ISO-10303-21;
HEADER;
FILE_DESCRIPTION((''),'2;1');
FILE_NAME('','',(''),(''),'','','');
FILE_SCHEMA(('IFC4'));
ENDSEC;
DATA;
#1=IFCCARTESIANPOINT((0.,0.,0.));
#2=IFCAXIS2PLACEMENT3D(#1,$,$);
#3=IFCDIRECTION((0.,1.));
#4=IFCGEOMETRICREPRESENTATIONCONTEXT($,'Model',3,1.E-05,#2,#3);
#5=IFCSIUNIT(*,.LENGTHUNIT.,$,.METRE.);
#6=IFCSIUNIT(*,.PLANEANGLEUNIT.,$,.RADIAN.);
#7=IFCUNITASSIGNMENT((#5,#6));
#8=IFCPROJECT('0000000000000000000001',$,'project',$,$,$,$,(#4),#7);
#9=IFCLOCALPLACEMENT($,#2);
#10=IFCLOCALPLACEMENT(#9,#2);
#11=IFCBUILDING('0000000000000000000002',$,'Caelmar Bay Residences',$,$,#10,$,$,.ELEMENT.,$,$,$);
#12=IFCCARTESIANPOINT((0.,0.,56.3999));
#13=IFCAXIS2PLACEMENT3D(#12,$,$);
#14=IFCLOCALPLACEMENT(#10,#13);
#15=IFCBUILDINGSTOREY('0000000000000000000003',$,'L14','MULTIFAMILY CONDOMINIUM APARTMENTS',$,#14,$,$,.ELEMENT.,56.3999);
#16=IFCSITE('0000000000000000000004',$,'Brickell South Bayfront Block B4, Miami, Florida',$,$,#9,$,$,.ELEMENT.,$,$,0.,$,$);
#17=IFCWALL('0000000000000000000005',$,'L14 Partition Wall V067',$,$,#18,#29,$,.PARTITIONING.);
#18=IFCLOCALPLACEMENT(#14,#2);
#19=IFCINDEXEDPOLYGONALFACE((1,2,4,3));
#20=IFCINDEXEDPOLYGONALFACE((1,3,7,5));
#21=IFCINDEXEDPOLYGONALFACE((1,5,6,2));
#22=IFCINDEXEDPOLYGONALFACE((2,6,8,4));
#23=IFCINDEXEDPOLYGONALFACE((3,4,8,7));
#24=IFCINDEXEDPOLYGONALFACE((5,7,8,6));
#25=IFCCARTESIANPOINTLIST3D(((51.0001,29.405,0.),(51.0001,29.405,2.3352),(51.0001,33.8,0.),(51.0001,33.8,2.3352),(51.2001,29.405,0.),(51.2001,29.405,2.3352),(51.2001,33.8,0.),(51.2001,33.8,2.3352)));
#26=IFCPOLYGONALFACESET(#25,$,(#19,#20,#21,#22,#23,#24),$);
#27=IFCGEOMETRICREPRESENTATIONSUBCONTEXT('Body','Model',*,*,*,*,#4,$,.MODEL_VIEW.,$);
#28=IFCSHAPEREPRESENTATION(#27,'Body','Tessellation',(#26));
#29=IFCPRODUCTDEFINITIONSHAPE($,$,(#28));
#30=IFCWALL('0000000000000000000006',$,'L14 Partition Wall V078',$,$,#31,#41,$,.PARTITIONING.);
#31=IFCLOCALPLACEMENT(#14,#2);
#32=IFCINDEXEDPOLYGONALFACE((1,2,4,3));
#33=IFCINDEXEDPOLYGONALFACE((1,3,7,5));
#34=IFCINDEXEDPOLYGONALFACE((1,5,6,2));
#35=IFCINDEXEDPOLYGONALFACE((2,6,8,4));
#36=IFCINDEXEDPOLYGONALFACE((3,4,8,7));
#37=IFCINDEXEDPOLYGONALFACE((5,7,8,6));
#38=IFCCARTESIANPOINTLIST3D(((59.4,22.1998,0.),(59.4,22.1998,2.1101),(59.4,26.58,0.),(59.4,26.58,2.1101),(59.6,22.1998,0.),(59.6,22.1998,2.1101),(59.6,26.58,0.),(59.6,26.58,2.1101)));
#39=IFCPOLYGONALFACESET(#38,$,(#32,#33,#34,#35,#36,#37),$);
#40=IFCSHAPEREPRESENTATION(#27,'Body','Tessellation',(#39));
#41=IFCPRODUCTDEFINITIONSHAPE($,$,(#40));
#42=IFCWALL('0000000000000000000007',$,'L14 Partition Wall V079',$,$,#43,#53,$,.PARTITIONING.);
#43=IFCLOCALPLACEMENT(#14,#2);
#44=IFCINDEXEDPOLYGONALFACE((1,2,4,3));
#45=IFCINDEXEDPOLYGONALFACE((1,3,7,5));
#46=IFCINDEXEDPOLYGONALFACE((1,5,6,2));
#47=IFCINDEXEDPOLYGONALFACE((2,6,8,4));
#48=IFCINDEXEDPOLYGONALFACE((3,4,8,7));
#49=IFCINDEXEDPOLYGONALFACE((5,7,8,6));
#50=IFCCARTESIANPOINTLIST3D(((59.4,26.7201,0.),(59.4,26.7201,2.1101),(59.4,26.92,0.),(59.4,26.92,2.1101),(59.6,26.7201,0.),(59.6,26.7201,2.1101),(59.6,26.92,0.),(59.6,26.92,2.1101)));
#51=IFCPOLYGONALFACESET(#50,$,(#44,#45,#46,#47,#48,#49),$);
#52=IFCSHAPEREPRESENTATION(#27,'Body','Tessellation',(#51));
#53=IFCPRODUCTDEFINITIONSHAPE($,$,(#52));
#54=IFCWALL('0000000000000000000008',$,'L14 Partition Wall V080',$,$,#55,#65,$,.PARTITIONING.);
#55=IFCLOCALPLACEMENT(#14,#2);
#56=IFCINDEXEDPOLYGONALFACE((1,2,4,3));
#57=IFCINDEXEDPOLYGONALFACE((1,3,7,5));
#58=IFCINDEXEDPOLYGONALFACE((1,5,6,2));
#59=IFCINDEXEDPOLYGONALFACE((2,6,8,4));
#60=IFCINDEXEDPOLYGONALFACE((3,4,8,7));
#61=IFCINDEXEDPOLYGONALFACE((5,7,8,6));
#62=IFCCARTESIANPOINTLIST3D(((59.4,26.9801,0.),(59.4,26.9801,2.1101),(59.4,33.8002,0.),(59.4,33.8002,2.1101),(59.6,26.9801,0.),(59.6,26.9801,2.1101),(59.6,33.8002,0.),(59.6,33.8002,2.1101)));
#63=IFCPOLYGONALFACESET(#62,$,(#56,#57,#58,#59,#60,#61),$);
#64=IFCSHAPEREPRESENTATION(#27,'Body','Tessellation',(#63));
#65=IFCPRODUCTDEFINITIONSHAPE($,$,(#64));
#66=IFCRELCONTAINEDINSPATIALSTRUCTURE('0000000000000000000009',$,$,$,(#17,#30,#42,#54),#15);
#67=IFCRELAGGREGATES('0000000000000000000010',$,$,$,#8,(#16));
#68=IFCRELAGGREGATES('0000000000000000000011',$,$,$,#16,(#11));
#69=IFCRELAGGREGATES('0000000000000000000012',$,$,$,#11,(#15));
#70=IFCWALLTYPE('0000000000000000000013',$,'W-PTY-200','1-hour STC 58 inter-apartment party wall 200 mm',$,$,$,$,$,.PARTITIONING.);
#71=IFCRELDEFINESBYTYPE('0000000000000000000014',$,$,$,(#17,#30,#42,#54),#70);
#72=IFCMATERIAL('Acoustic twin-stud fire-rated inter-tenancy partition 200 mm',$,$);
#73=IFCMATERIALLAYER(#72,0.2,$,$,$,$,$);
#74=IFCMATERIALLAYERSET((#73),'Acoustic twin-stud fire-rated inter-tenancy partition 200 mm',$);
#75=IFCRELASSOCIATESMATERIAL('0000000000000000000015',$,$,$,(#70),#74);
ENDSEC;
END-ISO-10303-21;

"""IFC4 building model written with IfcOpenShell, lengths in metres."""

from ifc_helpers import new_model, si_unit, direction, frame, frame_2d, origin, place, context, subcontext, project, spatial, rectangle, extrude, material, layer, layer_set, type_object, element, save


model = new_model("IFC4")

# Units and contexts
model_context = context("Model", 3, precision=1e-05, world=origin(), true_north=direction((0.0, 1.0)))
body_context = subcontext(model_context, "Body", "Model", "MODEL_VIEW")
ifc_project = project(units=[si_unit("LENGTHUNIT", "METRE"), si_unit("PLANEANGLEUNIT", "RADIAN")], contexts=[model_context])

# Site, building, storey
site_placement = place(None, origin())
site = spatial("IfcSite", under=ifc_project, at=site_placement, Name="Brickell South Bayfront Block B4, Miami, Florida", CompositionType="ELEMENT", RefElevation=0.0)
building_placement = place(site_placement, origin())
building = spatial("IfcBuilding", under=site, at=building_placement, Name="Caelmar Bay Residences", CompositionType="ELEMENT")
storey_placement = place(building_placement, frame((0.0, 0.0, 56.3999)))
storey = spatial("IfcBuildingStorey", under=building, at=storey_placement, Name="L14", Description="MULTIFAMILY CONDOMINIUM APARTMENTS", CompositionType="ELEMENT", Elevation=56.3999)

# Walls
ifc_material_1 = material(Name="Acoustic twin-stud fire-rated inter-tenancy partition 200 mm")
ifc_layer_1 = layer(ifc_material_1, 0.2)
ifc_layer_set_1 = layer_set([ifc_layer_1], Name="Acoustic twin-stud fire-rated inter-tenancy partition 200 mm")
wall_type_1 = type_object("IfcWallType", Name="W-PTY-200", Description="1-hour STC 58 inter-apartment party wall 200 mm", PredefinedType="PARTITIONING", material=ifc_layer_set_1)
wall_1_placement = place(storey_placement, frame((51.1001, 29.405, 0.0), z_axis=(0.0, 0.0, 1.0), x_axis=(0.0, 1.0, 0.0)))
element("IfcWall", 1, at=wall_1_placement, inside=storey, type_object=wall_type_1, Name="L14 Partition Wall V067", PredefinedType="PARTITIONING", context=body_context, shape_type="SweptSolid", body=[
    extrude(rectangle(XDim=4.395, YDim=0.2, at=frame_2d((2.1975, 0.0))), origin(), (0.0, 0.0, 1.0), 2.3352),
])
wall_2_placement = place(storey_placement, frame((59.5, 22.2, 0.0), z_axis=(0.0, 0.0, 1.0), x_axis=(0.0, 1.0, 0.0)))
element("IfcWall", 2, at=wall_2_placement, inside=storey, type_object=wall_type_1, Name="L14 Partition Wall V078", PredefinedType="PARTITIONING", context=body_context, shape_type="SweptSolid", body=[
    extrude(rectangle(XDim=4.3801, YDim=0.2, at=frame_2d((2.1899, 0.0))), origin(), (0.0, 0.0, 1.0), 2.1101),
])
wall_3_placement = place(storey_placement, frame((59.5, 26.72, 0.0), z_axis=(0.0, 0.0, 1.0), x_axis=(0.0, 1.0, 0.0)))
element("IfcWall", 3, at=wall_3_placement, inside=storey, type_object=wall_type_1, Name="L14 Partition Wall V079", PredefinedType="PARTITIONING", context=body_context, shape_type="SweptSolid", body=[
    extrude(rectangle(XDim=0.2, YDim=0.2, at=frame_2d((0.1001, 0.0))), origin(), (0.0, 0.0, 1.0), 2.1101),
])
wall_4_placement = place(storey_placement, frame((59.5, 26.98, 0.0), z_axis=(0.0, 0.0, 1.0), x_axis=(0.0, 1.0, 0.0)))
element("IfcWall", 4, at=wall_4_placement, inside=storey, type_object=wall_type_1, Name="L14 Partition Wall V080", PredefinedType="PARTITIONING", context=body_context, shape_type="SweptSolid", body=[
    extrude(rectangle(XDim=6.8201, YDim=0.2, at=frame_2d((3.4102, 0.0))), origin(), (0.0, 0.0, 1.0), 2.1101),
])

save(model, "model.ifc")
